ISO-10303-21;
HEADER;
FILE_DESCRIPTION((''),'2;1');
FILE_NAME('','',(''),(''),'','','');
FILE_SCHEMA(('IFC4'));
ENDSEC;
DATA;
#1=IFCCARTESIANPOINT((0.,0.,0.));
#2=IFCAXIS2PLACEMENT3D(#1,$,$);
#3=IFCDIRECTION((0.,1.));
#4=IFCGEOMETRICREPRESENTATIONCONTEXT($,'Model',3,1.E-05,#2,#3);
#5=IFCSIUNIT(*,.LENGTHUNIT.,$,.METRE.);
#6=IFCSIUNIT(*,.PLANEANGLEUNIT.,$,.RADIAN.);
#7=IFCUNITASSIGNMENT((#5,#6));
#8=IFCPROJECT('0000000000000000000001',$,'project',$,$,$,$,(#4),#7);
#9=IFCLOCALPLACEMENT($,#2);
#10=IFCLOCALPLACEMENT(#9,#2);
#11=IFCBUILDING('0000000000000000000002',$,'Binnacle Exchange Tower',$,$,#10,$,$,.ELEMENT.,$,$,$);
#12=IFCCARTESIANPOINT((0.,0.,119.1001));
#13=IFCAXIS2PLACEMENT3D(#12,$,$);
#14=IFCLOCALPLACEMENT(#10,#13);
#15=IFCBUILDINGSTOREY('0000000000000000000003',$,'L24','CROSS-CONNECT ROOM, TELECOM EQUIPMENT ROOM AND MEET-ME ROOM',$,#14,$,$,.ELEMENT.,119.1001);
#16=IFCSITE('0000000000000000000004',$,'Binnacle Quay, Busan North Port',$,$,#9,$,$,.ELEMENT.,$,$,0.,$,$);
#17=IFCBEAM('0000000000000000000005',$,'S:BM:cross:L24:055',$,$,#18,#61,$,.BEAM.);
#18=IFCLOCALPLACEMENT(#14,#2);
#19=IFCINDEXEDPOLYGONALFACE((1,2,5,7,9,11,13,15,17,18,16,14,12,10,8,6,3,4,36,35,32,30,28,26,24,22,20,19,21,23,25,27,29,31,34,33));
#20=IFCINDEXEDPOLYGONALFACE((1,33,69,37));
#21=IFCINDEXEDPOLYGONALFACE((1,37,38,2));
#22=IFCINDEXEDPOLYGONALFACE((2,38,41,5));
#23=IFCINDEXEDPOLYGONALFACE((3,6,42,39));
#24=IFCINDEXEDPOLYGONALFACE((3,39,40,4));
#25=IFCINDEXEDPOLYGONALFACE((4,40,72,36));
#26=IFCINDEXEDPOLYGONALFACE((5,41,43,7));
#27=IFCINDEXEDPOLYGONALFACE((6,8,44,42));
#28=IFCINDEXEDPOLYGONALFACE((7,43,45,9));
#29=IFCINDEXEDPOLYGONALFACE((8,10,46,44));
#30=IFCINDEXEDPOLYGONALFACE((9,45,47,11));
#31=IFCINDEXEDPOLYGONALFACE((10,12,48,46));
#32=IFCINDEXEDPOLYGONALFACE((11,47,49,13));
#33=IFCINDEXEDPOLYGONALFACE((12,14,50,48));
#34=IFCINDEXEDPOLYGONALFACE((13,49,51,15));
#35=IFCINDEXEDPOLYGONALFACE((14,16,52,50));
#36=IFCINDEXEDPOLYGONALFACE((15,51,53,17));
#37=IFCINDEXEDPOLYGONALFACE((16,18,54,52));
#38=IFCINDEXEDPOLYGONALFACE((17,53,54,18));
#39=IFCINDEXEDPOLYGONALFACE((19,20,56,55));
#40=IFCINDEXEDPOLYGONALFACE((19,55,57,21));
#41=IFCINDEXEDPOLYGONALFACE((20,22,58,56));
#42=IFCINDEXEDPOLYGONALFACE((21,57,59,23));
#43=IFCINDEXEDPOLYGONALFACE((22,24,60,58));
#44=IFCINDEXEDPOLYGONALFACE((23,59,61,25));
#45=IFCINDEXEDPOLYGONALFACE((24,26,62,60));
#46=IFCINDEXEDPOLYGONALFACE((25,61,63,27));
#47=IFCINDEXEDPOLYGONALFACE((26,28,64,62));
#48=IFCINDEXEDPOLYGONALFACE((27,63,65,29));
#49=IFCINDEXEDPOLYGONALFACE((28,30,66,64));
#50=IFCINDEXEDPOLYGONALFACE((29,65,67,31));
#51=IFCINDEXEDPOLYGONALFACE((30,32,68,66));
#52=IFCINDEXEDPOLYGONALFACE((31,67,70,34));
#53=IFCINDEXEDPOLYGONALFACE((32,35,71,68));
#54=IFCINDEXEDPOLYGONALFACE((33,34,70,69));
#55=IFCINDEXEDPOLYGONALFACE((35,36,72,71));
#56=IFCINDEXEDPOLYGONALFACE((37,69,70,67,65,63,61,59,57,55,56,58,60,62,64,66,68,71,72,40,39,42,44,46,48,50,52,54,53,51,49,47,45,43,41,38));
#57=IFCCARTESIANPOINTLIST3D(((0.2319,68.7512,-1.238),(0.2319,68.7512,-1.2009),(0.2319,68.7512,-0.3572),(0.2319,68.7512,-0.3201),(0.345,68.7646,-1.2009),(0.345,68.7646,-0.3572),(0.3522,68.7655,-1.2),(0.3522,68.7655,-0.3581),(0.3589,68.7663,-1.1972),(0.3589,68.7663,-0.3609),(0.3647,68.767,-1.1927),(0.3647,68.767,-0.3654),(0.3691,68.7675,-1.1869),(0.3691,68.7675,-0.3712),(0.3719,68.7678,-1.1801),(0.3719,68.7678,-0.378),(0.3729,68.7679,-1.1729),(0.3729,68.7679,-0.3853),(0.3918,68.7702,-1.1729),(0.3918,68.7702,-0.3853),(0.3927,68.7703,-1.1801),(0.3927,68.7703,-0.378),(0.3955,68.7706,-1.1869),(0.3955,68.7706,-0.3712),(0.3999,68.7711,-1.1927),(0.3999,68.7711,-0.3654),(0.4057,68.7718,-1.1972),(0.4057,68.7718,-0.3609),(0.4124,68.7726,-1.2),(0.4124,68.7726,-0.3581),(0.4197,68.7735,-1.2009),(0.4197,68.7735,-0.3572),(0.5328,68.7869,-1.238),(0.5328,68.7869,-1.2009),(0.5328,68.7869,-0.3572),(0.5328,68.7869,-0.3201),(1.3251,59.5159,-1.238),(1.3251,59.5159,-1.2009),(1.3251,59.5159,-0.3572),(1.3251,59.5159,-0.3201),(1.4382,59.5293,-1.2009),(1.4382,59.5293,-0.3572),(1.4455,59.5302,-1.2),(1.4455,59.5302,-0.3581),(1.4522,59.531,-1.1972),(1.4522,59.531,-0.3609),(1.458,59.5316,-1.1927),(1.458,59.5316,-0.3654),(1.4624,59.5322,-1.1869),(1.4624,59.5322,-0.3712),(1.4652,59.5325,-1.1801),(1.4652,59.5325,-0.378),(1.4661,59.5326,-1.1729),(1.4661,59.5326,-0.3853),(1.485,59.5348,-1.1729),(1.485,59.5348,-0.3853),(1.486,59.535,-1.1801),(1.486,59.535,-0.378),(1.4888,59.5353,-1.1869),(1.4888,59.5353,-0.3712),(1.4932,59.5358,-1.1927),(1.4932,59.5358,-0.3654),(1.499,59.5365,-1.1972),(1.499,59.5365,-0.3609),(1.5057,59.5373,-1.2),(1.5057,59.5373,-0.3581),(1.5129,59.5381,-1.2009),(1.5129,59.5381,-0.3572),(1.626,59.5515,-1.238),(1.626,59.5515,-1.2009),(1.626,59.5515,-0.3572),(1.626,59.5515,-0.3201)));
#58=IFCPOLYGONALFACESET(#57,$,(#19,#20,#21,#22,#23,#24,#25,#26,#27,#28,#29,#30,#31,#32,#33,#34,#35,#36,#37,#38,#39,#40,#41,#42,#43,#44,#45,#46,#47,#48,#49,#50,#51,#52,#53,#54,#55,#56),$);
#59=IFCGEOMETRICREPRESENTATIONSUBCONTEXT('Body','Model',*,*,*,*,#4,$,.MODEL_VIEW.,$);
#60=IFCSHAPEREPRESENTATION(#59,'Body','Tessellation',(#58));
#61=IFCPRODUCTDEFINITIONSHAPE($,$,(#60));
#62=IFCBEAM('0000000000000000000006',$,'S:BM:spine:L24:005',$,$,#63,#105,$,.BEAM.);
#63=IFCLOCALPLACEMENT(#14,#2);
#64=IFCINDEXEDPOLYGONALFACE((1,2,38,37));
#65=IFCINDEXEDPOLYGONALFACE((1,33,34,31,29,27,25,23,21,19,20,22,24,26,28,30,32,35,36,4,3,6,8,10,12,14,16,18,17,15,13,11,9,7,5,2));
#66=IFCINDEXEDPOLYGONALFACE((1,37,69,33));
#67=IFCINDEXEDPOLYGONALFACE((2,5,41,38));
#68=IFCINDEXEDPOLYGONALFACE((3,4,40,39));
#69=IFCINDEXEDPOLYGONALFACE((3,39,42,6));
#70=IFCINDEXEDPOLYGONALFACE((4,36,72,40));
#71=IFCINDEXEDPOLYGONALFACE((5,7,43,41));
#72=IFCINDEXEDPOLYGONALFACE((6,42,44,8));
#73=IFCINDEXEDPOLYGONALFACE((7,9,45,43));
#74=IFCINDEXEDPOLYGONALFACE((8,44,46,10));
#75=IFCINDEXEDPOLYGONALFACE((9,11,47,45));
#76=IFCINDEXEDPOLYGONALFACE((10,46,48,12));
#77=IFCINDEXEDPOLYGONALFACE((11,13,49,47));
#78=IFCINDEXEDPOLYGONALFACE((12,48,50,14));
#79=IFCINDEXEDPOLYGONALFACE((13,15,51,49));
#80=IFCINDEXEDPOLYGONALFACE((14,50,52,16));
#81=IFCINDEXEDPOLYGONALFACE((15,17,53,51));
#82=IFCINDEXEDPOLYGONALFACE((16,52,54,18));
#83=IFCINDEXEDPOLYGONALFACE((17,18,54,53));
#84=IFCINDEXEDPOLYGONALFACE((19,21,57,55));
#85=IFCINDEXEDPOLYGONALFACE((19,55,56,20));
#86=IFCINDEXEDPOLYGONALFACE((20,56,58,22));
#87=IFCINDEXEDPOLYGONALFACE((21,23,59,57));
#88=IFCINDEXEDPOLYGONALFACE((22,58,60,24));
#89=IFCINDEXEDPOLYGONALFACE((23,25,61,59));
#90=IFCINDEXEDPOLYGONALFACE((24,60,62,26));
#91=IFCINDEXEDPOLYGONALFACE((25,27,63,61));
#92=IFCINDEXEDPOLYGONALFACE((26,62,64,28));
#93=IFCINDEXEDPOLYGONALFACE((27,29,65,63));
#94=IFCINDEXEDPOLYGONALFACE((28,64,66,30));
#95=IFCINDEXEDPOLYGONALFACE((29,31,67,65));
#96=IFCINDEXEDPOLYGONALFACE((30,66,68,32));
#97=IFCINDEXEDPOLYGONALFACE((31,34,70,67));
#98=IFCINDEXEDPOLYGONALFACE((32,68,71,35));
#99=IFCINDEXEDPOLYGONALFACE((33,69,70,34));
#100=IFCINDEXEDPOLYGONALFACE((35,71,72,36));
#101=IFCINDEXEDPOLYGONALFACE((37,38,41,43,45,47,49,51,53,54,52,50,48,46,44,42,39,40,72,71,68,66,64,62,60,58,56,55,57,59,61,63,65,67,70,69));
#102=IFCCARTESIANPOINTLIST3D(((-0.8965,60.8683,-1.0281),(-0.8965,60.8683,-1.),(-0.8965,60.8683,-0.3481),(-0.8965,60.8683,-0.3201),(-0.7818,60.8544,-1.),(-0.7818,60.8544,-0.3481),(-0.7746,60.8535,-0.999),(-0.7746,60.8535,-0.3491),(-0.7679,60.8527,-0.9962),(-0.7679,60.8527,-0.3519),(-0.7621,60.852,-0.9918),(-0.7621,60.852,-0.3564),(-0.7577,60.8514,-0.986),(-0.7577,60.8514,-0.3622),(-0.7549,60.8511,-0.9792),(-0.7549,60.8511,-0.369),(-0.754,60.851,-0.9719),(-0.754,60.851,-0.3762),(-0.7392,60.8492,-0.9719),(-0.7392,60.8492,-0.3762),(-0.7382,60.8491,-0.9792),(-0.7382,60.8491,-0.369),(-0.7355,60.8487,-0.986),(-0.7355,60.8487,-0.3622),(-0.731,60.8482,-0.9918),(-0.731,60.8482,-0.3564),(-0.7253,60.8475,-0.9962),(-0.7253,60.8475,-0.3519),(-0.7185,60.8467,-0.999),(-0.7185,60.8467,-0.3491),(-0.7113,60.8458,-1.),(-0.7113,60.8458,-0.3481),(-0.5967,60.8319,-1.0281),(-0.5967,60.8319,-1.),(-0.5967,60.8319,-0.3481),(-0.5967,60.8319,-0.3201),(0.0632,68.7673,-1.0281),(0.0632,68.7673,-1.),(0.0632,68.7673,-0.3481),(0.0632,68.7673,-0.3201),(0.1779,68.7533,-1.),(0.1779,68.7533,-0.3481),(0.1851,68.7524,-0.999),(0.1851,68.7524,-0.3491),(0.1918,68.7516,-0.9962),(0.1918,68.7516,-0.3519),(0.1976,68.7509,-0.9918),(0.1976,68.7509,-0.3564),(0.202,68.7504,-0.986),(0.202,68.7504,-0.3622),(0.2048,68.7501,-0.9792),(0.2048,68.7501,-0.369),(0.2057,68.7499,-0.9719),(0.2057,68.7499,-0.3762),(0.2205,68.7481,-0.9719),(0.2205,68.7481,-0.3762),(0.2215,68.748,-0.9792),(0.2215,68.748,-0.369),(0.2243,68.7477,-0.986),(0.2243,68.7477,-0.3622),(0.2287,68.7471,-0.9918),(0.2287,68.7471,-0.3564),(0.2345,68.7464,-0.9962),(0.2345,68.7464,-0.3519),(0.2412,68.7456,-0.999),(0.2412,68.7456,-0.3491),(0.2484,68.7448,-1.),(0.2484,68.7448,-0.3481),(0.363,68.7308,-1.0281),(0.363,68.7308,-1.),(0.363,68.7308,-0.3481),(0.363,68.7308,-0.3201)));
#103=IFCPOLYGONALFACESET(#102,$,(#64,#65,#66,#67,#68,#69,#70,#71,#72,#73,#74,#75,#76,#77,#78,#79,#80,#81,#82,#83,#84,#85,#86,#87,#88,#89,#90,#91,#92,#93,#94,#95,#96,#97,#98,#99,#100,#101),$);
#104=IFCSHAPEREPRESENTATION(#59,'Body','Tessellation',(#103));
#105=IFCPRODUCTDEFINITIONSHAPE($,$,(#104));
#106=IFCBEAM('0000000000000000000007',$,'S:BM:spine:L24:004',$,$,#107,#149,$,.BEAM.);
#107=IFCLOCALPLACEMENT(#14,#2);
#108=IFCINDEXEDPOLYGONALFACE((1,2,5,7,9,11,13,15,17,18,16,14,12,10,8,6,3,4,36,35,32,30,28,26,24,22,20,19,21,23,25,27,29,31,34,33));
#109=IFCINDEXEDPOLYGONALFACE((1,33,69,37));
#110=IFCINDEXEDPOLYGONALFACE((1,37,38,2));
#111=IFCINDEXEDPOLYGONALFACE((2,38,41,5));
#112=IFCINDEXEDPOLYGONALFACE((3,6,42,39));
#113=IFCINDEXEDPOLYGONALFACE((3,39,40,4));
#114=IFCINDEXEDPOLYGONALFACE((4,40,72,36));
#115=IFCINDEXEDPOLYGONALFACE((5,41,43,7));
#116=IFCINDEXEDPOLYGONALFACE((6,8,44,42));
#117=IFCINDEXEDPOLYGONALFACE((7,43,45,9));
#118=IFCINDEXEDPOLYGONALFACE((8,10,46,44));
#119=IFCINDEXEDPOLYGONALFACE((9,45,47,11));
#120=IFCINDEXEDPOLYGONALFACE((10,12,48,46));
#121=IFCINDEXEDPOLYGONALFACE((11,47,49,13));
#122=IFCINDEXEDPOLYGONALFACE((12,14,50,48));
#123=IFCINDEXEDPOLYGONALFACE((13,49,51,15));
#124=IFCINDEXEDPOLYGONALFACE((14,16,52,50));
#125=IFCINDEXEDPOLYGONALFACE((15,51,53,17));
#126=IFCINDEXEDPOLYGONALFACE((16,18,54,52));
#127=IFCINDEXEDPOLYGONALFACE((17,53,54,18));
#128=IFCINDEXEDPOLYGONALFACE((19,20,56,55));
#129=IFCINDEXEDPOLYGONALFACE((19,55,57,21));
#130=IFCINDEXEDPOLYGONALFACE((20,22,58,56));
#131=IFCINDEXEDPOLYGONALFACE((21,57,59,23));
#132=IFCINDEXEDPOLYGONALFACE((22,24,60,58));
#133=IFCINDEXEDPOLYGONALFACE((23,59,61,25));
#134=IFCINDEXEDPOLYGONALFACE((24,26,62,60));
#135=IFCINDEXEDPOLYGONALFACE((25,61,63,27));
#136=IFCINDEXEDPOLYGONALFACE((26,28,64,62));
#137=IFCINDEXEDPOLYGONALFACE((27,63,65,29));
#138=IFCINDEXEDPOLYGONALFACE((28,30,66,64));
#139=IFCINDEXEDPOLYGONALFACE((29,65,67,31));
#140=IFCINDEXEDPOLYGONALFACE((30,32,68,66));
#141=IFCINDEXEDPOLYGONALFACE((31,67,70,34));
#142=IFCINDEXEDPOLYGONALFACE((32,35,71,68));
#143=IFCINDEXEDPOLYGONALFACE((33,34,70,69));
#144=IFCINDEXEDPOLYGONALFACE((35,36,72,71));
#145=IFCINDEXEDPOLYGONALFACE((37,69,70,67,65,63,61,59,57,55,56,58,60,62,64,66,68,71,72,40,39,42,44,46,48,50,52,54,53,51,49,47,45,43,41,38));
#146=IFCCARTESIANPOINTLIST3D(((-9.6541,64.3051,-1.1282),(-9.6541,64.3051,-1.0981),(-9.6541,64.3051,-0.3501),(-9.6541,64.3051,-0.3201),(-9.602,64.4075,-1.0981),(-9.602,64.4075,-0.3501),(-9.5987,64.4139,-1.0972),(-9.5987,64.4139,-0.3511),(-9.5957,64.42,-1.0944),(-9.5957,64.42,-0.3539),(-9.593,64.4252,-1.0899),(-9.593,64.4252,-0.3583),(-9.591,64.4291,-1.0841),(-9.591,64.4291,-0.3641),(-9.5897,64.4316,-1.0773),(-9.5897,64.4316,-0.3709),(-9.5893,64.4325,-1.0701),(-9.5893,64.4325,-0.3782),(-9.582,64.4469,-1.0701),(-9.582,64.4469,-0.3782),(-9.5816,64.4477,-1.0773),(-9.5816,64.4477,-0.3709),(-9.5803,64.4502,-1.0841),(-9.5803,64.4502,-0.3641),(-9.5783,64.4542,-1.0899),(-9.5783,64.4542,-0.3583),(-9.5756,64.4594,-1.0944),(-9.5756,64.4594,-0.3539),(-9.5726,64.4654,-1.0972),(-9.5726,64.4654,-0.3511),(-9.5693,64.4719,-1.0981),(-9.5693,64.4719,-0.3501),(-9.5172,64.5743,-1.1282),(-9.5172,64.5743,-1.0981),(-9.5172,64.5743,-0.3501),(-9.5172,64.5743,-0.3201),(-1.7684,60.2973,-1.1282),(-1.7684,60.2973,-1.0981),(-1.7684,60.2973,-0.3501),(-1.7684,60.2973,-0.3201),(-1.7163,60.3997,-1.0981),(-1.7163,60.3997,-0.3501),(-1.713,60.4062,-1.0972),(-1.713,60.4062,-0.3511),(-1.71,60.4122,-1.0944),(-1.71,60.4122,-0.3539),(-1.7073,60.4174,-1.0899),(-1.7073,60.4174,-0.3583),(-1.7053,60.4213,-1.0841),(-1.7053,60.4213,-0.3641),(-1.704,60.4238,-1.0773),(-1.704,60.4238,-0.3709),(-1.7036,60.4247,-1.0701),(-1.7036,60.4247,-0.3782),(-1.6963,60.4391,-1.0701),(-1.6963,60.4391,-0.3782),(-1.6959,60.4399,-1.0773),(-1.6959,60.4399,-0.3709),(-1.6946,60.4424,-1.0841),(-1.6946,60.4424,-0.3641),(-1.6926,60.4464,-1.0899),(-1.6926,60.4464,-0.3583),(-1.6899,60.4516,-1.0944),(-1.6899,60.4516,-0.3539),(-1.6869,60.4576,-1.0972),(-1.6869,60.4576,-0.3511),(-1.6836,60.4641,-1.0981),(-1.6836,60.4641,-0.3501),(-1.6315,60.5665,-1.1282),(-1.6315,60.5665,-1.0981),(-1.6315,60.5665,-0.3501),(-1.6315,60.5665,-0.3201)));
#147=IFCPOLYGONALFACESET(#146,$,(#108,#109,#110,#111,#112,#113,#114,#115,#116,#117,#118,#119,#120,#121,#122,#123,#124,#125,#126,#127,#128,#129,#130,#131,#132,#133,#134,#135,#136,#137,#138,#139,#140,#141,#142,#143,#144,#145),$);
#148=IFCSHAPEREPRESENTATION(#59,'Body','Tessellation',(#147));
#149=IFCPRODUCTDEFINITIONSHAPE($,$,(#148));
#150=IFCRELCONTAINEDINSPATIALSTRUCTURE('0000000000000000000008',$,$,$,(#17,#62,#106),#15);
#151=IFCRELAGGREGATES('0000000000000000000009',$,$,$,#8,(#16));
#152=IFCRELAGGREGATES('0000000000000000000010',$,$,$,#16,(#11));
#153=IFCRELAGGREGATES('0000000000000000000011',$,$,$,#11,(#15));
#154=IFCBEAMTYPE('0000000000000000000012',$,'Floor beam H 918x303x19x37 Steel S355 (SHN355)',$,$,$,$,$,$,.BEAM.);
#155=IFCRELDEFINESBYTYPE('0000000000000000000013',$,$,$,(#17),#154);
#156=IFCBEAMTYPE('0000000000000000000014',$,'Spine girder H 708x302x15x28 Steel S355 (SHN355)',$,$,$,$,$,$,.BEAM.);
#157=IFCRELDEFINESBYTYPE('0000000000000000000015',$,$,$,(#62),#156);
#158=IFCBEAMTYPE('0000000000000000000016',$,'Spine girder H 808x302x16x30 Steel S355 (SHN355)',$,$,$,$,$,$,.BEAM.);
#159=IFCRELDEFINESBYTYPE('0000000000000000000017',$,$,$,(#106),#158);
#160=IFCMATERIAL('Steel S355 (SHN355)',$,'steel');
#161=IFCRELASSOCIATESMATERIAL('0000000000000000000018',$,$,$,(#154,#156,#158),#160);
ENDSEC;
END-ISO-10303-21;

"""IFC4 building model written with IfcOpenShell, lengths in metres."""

from ifc_helpers import new_model, si_unit, direction, frame, origin, origin_2d, place, context, subcontext, project, spatial, i_section, extrude, material, material_profile, profile_set, type_object, element, save


model = new_model("IFC4")

# Units and contexts
model_context = context("Model", 3, precision=1e-05, world=origin(), true_north=direction((0.0, 1.0)))
body_context = subcontext(model_context, "Body", "Model", "MODEL_VIEW")
ifc_project = project(units=[si_unit("LENGTHUNIT", "METRE"), si_unit("PLANEANGLEUNIT", "RADIAN")], contexts=[model_context])

# Site, building, storey
site_placement = place(None, origin())
site = spatial("IfcSite", under=ifc_project, at=site_placement, Name="Binnacle Quay, Busan North Port", CompositionType="ELEMENT", RefElevation=0.0)
building_placement = place(site_placement, origin())
building = spatial("IfcBuilding", under=site, at=building_placement, Name="Binnacle Exchange Tower", CompositionType="ELEMENT")
storey_placement = place(building_placement, frame((0.0, 0.0, 119.1001)))
storey = spatial("IfcBuildingStorey", under=building, at=storey_placement, Name="L24", Description="CROSS-CONNECT ROOM, TELECOM EQUIPMENT ROOM AND MEET-ME ROOM", CompositionType="ELEMENT", Elevation=119.1001)

# Beams
ifc_material_1 = material(Name="Steel S355 (SHN355)", Category="steel")
ifc_material_profile_1 = material_profile(ifc_material_1, i_section(OverallWidth=0.303, OverallDepth=0.918, WebThickness=0.019, FlangeThickness=0.0371, FilletRadius=0.0281, at=origin_2d()), Name="H 918x303x19x37")
ifc_profile_set_1 = profile_set([ifc_material_profile_1], Name="Steel S355 (SHN355)")
beam_type_1 = type_object("IfcBeamType", Name="Floor beam H 918x303x19x37 Steel S355 (SHN355)", PredefinedType="BEAM", material=ifc_profile_set_1)
beam_1_placement = place(storey_placement, frame((0.3823, 68.769, -0.7791), z_axis=(0.117557, -0.993066, 0.0), x_axis=(0.993066, 0.117557, 0.0)))
element("IfcBeam", 1, at=beam_1_placement, inside=storey, type_object=beam_type_1, Name="S:BM:cross:L24:055", PredefinedType="BEAM", context=body_context, shape_type="SweptSolid", body=[
    extrude(i_section(OverallWidth=0.303, OverallDepth=0.918, WebThickness=0.019, FlangeThickness=0.0371, FilletRadius=0.0281, at=origin_2d()), origin(), (0.0, 0.0, 1.0), 9.2998),
])
ifc_material_profile_2 = material_profile(ifc_material_1, i_section(OverallWidth=0.302, OverallDepth=0.708, WebThickness=0.0149, FlangeThickness=0.0281, FilletRadius=0.0281, at=origin_2d()), Name="H 708x302x15x28")
ifc_profile_set_2 = profile_set([ifc_material_profile_2], Name="Steel S355 (SHN355)")
beam_type_2 = type_object("IfcBeamType", Name="Spine girder H 708x302x15x28 Steel S355 (SHN355)", PredefinedType="BEAM", material=ifc_profile_set_2)
beam_2_placement = place(storey_placement, frame((-0.7466, 60.8501, -0.6741), z_axis=(0.120613, 0.9927, 0.0), x_axis=(-0.9927, 0.120613, 0.0)))
element("IfcBeam", 2, at=beam_2_placement, inside=storey, type_object=beam_type_2, Name="S:BM:spine:L24:005", PredefinedType="BEAM", context=body_context, shape_type="SweptSolid", body=[
    extrude(i_section(OverallWidth=0.302, OverallDepth=0.708, WebThickness=0.0149, FlangeThickness=0.0281, FilletRadius=0.0281, at=origin_2d()), origin(), (0.0, 0.0, 1.0), 7.957),
])
ifc_material_profile_3 = material_profile(ifc_material_1, i_section(OverallWidth=0.302, OverallDepth=0.8081, WebThickness=0.0161, FlangeThickness=0.03, FilletRadius=0.0281, at=origin_2d()), Name="H 808x302x16x30")
ifc_profile_set_3 = profile_set([ifc_material_profile_3], Name="Steel S355 (SHN355)")
beam_type_3 = type_object("IfcBeamType", Name="Spine girder H 808x302x16x30 Steel S355 (SHN355)", PredefinedType="BEAM", material=ifc_profile_set_3)
beam_3_placement = place(storey_placement, frame((-1.7, 60.4319, -0.7241), z_axis=(-0.891471, 0.453077, 0.0), x_axis=(-0.453077, -0.891471, 0.0)))
element("IfcBeam", 3, at=beam_3_placement, inside=storey, type_object=beam_type_3, Name="S:BM:spine:L24:004", PredefinedType="BEAM", context=body_context, shape_type="SweptSolid", body=[
    extrude(i_section(OverallWidth=0.302, OverallDepth=0.8081, WebThickness=0.0161, FlangeThickness=0.03, FilletRadius=0.0281, at=origin_2d()), origin(), (0.0, 0.0, 1.0), 8.8457),
])

save(model, "model.ifc")
